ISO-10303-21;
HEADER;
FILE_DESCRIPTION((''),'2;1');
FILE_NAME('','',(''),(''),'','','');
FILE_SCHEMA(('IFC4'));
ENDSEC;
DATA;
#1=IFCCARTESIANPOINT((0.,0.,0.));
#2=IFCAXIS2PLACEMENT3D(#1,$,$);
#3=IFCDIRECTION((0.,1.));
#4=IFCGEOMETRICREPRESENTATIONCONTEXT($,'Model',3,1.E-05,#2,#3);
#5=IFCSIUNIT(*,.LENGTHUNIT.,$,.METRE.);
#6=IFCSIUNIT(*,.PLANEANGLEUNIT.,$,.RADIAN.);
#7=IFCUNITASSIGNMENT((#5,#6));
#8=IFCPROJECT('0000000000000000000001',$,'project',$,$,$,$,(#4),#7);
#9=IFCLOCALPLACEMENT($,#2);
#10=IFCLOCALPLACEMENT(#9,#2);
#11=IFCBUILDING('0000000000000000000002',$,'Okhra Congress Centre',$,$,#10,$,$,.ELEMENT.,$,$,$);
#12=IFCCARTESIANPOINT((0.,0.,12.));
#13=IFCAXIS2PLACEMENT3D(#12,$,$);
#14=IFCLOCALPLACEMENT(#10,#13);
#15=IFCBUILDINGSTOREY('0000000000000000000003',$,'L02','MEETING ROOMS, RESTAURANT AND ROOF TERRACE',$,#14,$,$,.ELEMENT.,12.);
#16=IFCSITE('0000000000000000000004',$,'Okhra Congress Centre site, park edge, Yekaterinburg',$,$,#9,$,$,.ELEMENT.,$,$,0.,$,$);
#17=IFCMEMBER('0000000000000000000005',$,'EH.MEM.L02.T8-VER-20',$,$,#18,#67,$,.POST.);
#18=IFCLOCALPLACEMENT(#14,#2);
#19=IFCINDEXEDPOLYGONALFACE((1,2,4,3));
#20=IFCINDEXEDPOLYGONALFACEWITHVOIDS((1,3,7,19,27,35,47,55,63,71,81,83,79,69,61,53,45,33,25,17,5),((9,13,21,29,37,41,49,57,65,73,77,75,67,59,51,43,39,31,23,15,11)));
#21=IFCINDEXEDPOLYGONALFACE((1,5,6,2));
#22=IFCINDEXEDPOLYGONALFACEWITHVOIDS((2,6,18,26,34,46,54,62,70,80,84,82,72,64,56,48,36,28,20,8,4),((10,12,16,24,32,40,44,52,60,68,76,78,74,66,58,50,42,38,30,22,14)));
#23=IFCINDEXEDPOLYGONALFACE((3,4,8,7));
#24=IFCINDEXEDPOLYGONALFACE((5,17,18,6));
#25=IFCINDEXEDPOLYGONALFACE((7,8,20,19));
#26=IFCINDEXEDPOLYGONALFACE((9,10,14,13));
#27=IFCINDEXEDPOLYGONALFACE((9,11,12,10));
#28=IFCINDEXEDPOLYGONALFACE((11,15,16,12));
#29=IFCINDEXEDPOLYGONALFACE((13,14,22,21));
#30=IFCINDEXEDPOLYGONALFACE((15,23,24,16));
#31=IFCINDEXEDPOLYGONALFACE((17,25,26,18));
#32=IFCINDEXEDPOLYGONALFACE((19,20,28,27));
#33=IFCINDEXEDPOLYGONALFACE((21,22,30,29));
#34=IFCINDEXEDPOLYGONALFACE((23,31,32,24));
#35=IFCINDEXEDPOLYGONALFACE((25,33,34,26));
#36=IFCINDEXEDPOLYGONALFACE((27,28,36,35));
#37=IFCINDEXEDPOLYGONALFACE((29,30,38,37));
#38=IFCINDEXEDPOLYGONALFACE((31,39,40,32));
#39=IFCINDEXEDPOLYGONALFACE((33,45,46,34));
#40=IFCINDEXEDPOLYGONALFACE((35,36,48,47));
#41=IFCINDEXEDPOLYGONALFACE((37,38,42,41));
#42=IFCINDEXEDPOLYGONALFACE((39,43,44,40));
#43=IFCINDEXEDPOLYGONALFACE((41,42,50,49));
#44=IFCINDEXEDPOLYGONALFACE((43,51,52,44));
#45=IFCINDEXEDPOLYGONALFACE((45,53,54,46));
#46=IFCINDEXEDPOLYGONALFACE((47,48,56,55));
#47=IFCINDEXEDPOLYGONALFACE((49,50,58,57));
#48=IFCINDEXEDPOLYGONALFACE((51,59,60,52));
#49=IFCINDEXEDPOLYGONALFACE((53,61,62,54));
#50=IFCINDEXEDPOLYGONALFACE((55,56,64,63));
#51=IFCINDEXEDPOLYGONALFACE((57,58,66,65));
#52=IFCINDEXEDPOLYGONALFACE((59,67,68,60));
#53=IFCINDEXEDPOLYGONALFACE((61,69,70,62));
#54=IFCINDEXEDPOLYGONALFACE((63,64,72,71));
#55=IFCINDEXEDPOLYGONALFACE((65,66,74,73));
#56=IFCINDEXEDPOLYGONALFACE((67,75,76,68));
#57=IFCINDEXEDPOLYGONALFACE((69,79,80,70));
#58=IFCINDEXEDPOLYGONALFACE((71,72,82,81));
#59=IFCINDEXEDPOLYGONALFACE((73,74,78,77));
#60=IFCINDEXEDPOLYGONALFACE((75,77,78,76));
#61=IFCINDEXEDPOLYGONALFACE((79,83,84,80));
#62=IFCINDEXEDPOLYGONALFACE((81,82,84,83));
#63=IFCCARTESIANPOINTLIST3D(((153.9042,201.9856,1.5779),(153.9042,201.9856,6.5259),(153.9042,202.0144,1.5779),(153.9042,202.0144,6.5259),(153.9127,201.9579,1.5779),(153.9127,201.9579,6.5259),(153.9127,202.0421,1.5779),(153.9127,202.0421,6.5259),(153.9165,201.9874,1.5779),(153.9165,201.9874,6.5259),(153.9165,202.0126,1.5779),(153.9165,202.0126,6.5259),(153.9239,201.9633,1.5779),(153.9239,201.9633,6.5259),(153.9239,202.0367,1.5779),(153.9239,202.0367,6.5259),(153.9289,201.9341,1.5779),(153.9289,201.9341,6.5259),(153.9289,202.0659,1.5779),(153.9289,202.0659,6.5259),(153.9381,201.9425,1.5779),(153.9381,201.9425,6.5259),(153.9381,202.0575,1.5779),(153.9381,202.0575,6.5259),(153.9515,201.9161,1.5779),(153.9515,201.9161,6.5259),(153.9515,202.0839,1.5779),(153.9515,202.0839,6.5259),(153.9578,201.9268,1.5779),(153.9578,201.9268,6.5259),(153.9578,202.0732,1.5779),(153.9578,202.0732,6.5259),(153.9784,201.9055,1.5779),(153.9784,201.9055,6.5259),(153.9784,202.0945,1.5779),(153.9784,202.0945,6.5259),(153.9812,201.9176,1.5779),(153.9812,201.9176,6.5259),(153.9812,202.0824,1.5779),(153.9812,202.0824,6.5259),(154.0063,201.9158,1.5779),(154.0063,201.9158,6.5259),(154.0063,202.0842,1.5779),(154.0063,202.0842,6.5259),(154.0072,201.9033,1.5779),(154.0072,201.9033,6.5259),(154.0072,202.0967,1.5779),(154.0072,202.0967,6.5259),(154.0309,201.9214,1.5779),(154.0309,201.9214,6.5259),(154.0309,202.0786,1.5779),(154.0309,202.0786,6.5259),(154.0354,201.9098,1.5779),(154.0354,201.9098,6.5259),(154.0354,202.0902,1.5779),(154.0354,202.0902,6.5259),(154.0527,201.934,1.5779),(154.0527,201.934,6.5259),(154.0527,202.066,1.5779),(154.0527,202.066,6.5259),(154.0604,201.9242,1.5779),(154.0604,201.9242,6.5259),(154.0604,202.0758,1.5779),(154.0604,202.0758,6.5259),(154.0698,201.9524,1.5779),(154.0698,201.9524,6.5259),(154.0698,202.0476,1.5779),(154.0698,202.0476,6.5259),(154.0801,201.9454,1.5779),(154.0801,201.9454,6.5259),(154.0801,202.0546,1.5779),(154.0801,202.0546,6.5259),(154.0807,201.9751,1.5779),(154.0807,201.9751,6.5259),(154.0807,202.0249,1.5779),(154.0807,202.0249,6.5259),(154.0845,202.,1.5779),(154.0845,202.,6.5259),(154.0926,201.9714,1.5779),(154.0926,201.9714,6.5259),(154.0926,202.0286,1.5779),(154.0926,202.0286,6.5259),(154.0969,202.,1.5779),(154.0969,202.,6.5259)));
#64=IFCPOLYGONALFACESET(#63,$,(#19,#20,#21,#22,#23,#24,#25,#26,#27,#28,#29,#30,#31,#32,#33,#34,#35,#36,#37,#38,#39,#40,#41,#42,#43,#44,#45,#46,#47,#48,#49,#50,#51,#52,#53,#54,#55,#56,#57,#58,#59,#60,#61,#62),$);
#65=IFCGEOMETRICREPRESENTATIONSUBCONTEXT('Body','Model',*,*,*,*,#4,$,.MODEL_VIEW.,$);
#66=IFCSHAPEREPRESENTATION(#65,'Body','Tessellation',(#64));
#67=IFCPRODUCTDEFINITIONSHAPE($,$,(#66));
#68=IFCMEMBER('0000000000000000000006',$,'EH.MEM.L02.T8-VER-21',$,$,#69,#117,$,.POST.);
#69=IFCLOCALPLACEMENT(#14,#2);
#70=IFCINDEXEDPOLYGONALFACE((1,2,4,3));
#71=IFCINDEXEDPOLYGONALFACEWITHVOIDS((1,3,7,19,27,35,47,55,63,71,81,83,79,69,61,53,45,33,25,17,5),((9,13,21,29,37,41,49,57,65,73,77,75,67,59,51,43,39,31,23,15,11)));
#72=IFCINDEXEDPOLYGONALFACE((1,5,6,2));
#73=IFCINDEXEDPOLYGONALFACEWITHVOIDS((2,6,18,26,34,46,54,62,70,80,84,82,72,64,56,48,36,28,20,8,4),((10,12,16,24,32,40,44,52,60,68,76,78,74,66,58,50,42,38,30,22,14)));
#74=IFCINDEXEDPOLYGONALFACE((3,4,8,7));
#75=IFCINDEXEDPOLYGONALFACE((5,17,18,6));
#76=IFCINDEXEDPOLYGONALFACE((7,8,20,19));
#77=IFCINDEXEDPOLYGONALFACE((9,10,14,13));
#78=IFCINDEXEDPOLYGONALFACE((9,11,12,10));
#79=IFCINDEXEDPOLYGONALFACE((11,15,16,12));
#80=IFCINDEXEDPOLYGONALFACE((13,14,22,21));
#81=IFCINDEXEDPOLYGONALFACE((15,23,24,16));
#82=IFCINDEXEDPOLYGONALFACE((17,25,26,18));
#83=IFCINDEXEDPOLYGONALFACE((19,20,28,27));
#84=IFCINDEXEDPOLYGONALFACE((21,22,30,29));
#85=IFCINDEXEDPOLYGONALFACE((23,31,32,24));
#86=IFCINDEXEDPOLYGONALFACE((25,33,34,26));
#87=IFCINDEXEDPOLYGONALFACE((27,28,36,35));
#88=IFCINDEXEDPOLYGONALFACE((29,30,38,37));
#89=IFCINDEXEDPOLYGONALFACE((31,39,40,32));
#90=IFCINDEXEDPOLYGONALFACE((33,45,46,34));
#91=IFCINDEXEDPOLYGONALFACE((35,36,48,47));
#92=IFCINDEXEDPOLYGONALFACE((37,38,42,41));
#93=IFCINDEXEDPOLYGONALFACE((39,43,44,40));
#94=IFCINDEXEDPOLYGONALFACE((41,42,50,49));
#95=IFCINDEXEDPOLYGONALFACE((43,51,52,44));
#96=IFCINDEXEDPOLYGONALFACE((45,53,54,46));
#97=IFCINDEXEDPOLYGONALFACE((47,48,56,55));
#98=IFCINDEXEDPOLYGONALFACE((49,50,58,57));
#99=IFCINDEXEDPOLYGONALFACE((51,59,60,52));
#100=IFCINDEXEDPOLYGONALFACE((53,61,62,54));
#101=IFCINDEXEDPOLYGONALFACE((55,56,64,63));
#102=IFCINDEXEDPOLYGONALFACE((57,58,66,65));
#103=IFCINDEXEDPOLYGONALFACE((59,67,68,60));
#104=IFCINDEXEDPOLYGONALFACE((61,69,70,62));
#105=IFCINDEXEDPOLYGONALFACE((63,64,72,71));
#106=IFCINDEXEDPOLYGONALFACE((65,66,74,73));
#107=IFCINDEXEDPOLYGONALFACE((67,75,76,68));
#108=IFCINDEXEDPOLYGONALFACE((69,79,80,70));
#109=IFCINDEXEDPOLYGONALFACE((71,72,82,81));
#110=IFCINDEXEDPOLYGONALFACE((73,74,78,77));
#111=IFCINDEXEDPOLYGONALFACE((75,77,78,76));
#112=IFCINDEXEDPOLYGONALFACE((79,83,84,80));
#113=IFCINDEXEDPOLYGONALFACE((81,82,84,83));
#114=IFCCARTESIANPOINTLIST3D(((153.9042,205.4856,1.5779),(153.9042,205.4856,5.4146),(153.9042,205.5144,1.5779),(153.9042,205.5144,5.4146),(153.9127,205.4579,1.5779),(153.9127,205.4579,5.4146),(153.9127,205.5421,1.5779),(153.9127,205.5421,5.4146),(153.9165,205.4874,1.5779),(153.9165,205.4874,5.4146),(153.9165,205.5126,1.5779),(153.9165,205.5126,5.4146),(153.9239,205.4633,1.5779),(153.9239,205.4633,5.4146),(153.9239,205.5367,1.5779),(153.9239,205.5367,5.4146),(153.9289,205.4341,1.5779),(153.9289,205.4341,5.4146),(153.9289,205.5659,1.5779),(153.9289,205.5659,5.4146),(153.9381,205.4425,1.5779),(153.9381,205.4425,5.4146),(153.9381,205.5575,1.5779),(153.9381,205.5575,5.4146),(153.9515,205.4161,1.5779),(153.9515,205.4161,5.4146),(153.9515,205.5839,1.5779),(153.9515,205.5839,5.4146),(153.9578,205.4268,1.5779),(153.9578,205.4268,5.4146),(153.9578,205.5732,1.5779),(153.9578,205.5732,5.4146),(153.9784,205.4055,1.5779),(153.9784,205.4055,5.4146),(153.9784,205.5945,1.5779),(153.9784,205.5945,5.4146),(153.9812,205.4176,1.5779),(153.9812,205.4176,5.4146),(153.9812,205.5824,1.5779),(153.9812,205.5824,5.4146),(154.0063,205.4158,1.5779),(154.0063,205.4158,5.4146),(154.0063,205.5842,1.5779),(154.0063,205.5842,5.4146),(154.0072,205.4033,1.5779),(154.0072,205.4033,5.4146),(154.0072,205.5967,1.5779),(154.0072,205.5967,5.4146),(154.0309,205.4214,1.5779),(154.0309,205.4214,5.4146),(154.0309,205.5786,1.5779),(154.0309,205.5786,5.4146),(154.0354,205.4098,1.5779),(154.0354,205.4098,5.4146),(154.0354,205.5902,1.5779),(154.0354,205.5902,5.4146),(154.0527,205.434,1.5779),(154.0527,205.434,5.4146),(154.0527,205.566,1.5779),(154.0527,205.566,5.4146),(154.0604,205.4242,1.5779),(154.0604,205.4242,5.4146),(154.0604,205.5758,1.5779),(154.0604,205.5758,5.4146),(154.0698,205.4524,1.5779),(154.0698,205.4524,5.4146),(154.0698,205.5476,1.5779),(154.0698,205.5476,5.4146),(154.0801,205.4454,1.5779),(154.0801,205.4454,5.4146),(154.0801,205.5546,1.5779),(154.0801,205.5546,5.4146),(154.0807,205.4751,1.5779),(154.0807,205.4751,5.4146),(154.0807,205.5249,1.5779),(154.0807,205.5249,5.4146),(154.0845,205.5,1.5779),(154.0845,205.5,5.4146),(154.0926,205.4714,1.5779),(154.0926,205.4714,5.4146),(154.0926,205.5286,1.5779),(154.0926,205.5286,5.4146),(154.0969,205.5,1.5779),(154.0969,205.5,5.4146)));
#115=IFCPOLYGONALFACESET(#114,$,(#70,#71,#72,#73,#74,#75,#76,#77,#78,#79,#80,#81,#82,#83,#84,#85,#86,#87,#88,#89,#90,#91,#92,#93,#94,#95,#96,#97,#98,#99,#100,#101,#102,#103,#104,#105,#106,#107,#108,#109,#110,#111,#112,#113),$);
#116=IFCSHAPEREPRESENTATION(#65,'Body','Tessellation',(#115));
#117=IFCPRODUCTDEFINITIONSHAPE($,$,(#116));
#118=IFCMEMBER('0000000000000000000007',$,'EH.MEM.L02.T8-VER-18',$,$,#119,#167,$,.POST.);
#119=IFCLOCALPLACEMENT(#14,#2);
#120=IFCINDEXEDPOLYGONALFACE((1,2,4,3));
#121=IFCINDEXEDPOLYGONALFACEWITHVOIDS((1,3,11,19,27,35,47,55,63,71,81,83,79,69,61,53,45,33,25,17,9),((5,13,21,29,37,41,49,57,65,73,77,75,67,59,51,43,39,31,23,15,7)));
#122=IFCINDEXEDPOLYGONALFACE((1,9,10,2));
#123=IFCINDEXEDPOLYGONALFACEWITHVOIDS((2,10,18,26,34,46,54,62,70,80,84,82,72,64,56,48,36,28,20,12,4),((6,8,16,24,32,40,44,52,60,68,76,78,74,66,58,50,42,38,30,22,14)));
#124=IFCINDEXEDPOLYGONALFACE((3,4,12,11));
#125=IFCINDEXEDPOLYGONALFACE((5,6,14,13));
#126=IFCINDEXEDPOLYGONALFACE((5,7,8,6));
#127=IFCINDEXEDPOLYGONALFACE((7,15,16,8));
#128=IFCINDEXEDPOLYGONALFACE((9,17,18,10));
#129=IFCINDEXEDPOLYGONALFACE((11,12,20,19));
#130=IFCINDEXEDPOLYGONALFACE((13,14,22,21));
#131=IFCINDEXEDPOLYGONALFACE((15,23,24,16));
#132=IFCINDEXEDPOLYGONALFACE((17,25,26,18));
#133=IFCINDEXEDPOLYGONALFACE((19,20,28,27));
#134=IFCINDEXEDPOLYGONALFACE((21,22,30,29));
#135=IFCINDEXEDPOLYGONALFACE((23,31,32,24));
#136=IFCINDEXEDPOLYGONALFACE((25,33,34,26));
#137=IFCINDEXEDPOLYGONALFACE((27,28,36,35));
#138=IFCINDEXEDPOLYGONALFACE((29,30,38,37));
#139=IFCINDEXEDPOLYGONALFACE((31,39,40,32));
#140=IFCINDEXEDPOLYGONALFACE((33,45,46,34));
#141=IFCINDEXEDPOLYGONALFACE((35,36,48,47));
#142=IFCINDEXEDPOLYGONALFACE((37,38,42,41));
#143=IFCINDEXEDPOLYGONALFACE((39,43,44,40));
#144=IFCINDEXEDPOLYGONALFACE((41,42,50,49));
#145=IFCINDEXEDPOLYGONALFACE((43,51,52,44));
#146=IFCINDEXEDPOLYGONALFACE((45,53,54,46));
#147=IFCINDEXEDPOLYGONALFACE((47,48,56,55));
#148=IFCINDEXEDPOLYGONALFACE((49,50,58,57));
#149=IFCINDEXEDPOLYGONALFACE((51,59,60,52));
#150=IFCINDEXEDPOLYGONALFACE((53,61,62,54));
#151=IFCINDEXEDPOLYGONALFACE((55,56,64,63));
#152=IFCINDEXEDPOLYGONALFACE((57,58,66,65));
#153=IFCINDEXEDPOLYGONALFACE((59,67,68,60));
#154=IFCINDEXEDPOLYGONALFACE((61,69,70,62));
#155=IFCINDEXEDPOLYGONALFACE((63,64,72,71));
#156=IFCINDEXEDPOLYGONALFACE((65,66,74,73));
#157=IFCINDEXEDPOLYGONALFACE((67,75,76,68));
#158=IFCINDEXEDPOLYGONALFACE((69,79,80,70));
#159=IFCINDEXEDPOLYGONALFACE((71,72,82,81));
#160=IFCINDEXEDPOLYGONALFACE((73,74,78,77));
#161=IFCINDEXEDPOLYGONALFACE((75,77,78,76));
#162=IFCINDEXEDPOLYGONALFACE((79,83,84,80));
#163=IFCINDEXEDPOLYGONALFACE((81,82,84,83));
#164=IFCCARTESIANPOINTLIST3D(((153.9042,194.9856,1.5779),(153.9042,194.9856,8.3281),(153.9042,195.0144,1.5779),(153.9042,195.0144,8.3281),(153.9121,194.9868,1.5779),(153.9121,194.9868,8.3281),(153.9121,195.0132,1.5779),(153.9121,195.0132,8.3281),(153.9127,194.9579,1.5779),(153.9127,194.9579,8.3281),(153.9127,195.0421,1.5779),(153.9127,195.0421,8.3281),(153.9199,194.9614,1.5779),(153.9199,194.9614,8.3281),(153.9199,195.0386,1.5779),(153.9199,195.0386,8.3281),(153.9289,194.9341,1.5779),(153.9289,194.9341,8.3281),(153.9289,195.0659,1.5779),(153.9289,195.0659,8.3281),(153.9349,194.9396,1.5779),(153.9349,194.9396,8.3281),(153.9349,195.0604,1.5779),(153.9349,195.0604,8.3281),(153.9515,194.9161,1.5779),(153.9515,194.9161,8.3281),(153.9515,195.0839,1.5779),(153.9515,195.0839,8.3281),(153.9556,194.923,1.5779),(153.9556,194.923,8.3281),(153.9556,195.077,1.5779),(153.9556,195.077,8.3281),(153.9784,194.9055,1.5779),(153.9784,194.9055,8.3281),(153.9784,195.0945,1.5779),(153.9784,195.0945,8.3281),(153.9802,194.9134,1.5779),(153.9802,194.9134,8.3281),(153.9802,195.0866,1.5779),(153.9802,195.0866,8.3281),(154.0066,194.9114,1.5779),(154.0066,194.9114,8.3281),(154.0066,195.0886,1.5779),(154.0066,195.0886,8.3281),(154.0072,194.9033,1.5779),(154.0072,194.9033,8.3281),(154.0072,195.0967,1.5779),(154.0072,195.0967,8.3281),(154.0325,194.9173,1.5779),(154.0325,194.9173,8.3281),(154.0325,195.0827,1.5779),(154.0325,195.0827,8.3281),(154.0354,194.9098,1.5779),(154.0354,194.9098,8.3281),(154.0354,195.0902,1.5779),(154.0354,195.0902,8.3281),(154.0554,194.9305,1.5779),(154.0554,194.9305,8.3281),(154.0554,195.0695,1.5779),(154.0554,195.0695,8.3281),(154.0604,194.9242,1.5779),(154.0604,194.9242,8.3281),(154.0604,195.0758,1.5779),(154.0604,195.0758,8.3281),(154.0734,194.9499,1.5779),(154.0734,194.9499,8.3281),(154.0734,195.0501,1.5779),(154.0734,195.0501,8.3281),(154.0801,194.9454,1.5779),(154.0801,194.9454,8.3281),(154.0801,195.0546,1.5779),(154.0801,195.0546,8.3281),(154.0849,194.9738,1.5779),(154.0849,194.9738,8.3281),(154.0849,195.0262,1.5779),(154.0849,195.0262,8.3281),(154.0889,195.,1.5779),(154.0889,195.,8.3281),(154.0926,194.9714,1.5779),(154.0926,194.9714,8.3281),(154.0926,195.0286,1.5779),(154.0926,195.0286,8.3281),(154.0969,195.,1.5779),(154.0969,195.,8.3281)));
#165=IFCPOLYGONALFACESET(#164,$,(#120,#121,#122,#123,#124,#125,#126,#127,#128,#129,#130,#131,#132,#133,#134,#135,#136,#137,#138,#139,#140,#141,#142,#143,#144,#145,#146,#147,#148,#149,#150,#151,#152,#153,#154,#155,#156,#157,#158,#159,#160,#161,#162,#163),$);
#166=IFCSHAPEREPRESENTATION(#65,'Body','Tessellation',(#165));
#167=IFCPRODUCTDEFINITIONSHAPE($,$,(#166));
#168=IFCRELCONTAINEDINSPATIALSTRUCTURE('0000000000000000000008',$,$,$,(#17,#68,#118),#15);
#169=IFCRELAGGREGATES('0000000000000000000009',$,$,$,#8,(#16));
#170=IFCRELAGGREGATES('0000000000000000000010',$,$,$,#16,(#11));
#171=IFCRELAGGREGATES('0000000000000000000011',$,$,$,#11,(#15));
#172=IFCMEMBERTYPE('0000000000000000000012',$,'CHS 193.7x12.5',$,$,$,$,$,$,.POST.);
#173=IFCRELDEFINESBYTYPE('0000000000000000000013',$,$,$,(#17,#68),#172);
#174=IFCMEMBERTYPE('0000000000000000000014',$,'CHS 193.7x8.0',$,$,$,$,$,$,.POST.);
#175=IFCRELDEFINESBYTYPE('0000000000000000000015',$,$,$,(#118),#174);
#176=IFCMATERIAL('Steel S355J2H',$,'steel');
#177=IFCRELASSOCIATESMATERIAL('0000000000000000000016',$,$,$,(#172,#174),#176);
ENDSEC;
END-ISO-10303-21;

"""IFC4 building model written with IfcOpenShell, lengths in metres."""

from ifc_helpers import new_model, si_unit, direction, frame, origin, origin_2d, place, context, subcontext, project, spatial, hollow_circle, extrude, material, material_profile, profile_set, type_object, element, save


model = new_model("IFC4")

# Units and contexts
model_context = context("Model", 3, precision=1e-05, world=origin(), true_north=direction((0.0, 1.0)))
body_context = subcontext(model_context, "Body", "Model", "MODEL_VIEW")
ifc_project = project(units=[si_unit("LENGTHUNIT", "METRE"), si_unit("PLANEANGLEUNIT", "RADIAN")], contexts=[model_context])

# Site, building, storey
site_placement = place(None, origin())
site = spatial("IfcSite", under=ifc_project, at=site_placement, Name="Okhra Congress Centre site, park edge, Yekaterinburg", CompositionType="ELEMENT", RefElevation=0.0)
building_placement = place(site_placement, origin())
building = spatial("IfcBuilding", under=site, at=building_placement, Name="Okhra Congress Centre", CompositionType="ELEMENT")
storey_placement = place(building_placement, frame((0.0, 0.0, 12.0)))
storey = spatial("IfcBuildingStorey", under=building, at=storey_placement, Name="L02", Description="MEETING ROOMS, RESTAURANT AND ROOF TERRACE", CompositionType="ELEMENT", Elevation=12.0)

# Members
ifc_material_1 = material(Name="Steel S355J2H", Category="steel")
ifc_material_profile_1 = material_profile(ifc_material_1, hollow_circle(Radius=0.0969, WallThickness=0.0125, at=origin_2d()), Name="CHS 193.7x12.5")
ifc_profile_set_1 = profile_set([ifc_material_profile_1], Name="Steel S355J2H")
member_type_1 = type_object("IfcMemberType", Name="CHS 193.7x12.5", PredefinedType="POST", material=ifc_profile_set_1)
member_1_placement = place(storey_placement, frame((154.0, 202.0, 1.5779), z_axis=(0.0, 0.0, 1.0), x_axis=(1.0, 0.0, 0.0)))
element("IfcMember", 1, at=member_1_placement, inside=storey, type_object=member_type_1, Name="EH.MEM.L02.T8-VER-20", PredefinedType="POST", context=body_context, shape_type="SweptSolid", body=[
    extrude(hollow_circle(Radius=0.0969, WallThickness=0.0125, at=origin_2d()), origin(), (0.0, 0.0, 1.0), 4.948),
])
member_2_placement = place(storey_placement, frame((154.0, 205.5, 1.5779), z_axis=(0.0, 0.0, 1.0), x_axis=(1.0, 0.0, 0.0)))
element("IfcMember", 2, at=member_2_placement, inside=storey, type_object=member_type_1, Name="EH.MEM.L02.T8-VER-21", PredefinedType="POST", context=body_context, shape_type="SweptSolid", body=[
    extrude(hollow_circle(Radius=0.0969, WallThickness=0.0125, at=origin_2d()), origin(), (0.0, 0.0, 1.0), 3.8367),
])
ifc_material_profile_2 = material_profile(ifc_material_1, hollow_circle(Radius=0.0969, WallThickness=0.0081, at=origin_2d()), Name="CHS 193.7x8.0")
ifc_profile_set_2 = profile_set([ifc_material_profile_2], Name="Steel S355J2H")
member_type_2 = type_object("IfcMemberType", Name="CHS 193.7x8.0", PredefinedType="POST", material=ifc_profile_set_2)
member_3_placement = place(storey_placement, frame((154.0, 195.0, 1.5779), z_axis=(0.0, 0.0, 1.0), x_axis=(1.0, 0.0, 0.0)))
element("IfcMember", 3, at=member_3_placement, inside=storey, type_object=member_type_2, Name="EH.MEM.L02.T8-VER-18", PredefinedType="POST", context=body_context, shape_type="SweptSolid", body=[
    extrude(hollow_circle(Radius=0.0969, WallThickness=0.0081, at=origin_2d()), origin(), (0.0, 0.0, 1.0), 6.7502),
])

save(model, "model.ifc")
